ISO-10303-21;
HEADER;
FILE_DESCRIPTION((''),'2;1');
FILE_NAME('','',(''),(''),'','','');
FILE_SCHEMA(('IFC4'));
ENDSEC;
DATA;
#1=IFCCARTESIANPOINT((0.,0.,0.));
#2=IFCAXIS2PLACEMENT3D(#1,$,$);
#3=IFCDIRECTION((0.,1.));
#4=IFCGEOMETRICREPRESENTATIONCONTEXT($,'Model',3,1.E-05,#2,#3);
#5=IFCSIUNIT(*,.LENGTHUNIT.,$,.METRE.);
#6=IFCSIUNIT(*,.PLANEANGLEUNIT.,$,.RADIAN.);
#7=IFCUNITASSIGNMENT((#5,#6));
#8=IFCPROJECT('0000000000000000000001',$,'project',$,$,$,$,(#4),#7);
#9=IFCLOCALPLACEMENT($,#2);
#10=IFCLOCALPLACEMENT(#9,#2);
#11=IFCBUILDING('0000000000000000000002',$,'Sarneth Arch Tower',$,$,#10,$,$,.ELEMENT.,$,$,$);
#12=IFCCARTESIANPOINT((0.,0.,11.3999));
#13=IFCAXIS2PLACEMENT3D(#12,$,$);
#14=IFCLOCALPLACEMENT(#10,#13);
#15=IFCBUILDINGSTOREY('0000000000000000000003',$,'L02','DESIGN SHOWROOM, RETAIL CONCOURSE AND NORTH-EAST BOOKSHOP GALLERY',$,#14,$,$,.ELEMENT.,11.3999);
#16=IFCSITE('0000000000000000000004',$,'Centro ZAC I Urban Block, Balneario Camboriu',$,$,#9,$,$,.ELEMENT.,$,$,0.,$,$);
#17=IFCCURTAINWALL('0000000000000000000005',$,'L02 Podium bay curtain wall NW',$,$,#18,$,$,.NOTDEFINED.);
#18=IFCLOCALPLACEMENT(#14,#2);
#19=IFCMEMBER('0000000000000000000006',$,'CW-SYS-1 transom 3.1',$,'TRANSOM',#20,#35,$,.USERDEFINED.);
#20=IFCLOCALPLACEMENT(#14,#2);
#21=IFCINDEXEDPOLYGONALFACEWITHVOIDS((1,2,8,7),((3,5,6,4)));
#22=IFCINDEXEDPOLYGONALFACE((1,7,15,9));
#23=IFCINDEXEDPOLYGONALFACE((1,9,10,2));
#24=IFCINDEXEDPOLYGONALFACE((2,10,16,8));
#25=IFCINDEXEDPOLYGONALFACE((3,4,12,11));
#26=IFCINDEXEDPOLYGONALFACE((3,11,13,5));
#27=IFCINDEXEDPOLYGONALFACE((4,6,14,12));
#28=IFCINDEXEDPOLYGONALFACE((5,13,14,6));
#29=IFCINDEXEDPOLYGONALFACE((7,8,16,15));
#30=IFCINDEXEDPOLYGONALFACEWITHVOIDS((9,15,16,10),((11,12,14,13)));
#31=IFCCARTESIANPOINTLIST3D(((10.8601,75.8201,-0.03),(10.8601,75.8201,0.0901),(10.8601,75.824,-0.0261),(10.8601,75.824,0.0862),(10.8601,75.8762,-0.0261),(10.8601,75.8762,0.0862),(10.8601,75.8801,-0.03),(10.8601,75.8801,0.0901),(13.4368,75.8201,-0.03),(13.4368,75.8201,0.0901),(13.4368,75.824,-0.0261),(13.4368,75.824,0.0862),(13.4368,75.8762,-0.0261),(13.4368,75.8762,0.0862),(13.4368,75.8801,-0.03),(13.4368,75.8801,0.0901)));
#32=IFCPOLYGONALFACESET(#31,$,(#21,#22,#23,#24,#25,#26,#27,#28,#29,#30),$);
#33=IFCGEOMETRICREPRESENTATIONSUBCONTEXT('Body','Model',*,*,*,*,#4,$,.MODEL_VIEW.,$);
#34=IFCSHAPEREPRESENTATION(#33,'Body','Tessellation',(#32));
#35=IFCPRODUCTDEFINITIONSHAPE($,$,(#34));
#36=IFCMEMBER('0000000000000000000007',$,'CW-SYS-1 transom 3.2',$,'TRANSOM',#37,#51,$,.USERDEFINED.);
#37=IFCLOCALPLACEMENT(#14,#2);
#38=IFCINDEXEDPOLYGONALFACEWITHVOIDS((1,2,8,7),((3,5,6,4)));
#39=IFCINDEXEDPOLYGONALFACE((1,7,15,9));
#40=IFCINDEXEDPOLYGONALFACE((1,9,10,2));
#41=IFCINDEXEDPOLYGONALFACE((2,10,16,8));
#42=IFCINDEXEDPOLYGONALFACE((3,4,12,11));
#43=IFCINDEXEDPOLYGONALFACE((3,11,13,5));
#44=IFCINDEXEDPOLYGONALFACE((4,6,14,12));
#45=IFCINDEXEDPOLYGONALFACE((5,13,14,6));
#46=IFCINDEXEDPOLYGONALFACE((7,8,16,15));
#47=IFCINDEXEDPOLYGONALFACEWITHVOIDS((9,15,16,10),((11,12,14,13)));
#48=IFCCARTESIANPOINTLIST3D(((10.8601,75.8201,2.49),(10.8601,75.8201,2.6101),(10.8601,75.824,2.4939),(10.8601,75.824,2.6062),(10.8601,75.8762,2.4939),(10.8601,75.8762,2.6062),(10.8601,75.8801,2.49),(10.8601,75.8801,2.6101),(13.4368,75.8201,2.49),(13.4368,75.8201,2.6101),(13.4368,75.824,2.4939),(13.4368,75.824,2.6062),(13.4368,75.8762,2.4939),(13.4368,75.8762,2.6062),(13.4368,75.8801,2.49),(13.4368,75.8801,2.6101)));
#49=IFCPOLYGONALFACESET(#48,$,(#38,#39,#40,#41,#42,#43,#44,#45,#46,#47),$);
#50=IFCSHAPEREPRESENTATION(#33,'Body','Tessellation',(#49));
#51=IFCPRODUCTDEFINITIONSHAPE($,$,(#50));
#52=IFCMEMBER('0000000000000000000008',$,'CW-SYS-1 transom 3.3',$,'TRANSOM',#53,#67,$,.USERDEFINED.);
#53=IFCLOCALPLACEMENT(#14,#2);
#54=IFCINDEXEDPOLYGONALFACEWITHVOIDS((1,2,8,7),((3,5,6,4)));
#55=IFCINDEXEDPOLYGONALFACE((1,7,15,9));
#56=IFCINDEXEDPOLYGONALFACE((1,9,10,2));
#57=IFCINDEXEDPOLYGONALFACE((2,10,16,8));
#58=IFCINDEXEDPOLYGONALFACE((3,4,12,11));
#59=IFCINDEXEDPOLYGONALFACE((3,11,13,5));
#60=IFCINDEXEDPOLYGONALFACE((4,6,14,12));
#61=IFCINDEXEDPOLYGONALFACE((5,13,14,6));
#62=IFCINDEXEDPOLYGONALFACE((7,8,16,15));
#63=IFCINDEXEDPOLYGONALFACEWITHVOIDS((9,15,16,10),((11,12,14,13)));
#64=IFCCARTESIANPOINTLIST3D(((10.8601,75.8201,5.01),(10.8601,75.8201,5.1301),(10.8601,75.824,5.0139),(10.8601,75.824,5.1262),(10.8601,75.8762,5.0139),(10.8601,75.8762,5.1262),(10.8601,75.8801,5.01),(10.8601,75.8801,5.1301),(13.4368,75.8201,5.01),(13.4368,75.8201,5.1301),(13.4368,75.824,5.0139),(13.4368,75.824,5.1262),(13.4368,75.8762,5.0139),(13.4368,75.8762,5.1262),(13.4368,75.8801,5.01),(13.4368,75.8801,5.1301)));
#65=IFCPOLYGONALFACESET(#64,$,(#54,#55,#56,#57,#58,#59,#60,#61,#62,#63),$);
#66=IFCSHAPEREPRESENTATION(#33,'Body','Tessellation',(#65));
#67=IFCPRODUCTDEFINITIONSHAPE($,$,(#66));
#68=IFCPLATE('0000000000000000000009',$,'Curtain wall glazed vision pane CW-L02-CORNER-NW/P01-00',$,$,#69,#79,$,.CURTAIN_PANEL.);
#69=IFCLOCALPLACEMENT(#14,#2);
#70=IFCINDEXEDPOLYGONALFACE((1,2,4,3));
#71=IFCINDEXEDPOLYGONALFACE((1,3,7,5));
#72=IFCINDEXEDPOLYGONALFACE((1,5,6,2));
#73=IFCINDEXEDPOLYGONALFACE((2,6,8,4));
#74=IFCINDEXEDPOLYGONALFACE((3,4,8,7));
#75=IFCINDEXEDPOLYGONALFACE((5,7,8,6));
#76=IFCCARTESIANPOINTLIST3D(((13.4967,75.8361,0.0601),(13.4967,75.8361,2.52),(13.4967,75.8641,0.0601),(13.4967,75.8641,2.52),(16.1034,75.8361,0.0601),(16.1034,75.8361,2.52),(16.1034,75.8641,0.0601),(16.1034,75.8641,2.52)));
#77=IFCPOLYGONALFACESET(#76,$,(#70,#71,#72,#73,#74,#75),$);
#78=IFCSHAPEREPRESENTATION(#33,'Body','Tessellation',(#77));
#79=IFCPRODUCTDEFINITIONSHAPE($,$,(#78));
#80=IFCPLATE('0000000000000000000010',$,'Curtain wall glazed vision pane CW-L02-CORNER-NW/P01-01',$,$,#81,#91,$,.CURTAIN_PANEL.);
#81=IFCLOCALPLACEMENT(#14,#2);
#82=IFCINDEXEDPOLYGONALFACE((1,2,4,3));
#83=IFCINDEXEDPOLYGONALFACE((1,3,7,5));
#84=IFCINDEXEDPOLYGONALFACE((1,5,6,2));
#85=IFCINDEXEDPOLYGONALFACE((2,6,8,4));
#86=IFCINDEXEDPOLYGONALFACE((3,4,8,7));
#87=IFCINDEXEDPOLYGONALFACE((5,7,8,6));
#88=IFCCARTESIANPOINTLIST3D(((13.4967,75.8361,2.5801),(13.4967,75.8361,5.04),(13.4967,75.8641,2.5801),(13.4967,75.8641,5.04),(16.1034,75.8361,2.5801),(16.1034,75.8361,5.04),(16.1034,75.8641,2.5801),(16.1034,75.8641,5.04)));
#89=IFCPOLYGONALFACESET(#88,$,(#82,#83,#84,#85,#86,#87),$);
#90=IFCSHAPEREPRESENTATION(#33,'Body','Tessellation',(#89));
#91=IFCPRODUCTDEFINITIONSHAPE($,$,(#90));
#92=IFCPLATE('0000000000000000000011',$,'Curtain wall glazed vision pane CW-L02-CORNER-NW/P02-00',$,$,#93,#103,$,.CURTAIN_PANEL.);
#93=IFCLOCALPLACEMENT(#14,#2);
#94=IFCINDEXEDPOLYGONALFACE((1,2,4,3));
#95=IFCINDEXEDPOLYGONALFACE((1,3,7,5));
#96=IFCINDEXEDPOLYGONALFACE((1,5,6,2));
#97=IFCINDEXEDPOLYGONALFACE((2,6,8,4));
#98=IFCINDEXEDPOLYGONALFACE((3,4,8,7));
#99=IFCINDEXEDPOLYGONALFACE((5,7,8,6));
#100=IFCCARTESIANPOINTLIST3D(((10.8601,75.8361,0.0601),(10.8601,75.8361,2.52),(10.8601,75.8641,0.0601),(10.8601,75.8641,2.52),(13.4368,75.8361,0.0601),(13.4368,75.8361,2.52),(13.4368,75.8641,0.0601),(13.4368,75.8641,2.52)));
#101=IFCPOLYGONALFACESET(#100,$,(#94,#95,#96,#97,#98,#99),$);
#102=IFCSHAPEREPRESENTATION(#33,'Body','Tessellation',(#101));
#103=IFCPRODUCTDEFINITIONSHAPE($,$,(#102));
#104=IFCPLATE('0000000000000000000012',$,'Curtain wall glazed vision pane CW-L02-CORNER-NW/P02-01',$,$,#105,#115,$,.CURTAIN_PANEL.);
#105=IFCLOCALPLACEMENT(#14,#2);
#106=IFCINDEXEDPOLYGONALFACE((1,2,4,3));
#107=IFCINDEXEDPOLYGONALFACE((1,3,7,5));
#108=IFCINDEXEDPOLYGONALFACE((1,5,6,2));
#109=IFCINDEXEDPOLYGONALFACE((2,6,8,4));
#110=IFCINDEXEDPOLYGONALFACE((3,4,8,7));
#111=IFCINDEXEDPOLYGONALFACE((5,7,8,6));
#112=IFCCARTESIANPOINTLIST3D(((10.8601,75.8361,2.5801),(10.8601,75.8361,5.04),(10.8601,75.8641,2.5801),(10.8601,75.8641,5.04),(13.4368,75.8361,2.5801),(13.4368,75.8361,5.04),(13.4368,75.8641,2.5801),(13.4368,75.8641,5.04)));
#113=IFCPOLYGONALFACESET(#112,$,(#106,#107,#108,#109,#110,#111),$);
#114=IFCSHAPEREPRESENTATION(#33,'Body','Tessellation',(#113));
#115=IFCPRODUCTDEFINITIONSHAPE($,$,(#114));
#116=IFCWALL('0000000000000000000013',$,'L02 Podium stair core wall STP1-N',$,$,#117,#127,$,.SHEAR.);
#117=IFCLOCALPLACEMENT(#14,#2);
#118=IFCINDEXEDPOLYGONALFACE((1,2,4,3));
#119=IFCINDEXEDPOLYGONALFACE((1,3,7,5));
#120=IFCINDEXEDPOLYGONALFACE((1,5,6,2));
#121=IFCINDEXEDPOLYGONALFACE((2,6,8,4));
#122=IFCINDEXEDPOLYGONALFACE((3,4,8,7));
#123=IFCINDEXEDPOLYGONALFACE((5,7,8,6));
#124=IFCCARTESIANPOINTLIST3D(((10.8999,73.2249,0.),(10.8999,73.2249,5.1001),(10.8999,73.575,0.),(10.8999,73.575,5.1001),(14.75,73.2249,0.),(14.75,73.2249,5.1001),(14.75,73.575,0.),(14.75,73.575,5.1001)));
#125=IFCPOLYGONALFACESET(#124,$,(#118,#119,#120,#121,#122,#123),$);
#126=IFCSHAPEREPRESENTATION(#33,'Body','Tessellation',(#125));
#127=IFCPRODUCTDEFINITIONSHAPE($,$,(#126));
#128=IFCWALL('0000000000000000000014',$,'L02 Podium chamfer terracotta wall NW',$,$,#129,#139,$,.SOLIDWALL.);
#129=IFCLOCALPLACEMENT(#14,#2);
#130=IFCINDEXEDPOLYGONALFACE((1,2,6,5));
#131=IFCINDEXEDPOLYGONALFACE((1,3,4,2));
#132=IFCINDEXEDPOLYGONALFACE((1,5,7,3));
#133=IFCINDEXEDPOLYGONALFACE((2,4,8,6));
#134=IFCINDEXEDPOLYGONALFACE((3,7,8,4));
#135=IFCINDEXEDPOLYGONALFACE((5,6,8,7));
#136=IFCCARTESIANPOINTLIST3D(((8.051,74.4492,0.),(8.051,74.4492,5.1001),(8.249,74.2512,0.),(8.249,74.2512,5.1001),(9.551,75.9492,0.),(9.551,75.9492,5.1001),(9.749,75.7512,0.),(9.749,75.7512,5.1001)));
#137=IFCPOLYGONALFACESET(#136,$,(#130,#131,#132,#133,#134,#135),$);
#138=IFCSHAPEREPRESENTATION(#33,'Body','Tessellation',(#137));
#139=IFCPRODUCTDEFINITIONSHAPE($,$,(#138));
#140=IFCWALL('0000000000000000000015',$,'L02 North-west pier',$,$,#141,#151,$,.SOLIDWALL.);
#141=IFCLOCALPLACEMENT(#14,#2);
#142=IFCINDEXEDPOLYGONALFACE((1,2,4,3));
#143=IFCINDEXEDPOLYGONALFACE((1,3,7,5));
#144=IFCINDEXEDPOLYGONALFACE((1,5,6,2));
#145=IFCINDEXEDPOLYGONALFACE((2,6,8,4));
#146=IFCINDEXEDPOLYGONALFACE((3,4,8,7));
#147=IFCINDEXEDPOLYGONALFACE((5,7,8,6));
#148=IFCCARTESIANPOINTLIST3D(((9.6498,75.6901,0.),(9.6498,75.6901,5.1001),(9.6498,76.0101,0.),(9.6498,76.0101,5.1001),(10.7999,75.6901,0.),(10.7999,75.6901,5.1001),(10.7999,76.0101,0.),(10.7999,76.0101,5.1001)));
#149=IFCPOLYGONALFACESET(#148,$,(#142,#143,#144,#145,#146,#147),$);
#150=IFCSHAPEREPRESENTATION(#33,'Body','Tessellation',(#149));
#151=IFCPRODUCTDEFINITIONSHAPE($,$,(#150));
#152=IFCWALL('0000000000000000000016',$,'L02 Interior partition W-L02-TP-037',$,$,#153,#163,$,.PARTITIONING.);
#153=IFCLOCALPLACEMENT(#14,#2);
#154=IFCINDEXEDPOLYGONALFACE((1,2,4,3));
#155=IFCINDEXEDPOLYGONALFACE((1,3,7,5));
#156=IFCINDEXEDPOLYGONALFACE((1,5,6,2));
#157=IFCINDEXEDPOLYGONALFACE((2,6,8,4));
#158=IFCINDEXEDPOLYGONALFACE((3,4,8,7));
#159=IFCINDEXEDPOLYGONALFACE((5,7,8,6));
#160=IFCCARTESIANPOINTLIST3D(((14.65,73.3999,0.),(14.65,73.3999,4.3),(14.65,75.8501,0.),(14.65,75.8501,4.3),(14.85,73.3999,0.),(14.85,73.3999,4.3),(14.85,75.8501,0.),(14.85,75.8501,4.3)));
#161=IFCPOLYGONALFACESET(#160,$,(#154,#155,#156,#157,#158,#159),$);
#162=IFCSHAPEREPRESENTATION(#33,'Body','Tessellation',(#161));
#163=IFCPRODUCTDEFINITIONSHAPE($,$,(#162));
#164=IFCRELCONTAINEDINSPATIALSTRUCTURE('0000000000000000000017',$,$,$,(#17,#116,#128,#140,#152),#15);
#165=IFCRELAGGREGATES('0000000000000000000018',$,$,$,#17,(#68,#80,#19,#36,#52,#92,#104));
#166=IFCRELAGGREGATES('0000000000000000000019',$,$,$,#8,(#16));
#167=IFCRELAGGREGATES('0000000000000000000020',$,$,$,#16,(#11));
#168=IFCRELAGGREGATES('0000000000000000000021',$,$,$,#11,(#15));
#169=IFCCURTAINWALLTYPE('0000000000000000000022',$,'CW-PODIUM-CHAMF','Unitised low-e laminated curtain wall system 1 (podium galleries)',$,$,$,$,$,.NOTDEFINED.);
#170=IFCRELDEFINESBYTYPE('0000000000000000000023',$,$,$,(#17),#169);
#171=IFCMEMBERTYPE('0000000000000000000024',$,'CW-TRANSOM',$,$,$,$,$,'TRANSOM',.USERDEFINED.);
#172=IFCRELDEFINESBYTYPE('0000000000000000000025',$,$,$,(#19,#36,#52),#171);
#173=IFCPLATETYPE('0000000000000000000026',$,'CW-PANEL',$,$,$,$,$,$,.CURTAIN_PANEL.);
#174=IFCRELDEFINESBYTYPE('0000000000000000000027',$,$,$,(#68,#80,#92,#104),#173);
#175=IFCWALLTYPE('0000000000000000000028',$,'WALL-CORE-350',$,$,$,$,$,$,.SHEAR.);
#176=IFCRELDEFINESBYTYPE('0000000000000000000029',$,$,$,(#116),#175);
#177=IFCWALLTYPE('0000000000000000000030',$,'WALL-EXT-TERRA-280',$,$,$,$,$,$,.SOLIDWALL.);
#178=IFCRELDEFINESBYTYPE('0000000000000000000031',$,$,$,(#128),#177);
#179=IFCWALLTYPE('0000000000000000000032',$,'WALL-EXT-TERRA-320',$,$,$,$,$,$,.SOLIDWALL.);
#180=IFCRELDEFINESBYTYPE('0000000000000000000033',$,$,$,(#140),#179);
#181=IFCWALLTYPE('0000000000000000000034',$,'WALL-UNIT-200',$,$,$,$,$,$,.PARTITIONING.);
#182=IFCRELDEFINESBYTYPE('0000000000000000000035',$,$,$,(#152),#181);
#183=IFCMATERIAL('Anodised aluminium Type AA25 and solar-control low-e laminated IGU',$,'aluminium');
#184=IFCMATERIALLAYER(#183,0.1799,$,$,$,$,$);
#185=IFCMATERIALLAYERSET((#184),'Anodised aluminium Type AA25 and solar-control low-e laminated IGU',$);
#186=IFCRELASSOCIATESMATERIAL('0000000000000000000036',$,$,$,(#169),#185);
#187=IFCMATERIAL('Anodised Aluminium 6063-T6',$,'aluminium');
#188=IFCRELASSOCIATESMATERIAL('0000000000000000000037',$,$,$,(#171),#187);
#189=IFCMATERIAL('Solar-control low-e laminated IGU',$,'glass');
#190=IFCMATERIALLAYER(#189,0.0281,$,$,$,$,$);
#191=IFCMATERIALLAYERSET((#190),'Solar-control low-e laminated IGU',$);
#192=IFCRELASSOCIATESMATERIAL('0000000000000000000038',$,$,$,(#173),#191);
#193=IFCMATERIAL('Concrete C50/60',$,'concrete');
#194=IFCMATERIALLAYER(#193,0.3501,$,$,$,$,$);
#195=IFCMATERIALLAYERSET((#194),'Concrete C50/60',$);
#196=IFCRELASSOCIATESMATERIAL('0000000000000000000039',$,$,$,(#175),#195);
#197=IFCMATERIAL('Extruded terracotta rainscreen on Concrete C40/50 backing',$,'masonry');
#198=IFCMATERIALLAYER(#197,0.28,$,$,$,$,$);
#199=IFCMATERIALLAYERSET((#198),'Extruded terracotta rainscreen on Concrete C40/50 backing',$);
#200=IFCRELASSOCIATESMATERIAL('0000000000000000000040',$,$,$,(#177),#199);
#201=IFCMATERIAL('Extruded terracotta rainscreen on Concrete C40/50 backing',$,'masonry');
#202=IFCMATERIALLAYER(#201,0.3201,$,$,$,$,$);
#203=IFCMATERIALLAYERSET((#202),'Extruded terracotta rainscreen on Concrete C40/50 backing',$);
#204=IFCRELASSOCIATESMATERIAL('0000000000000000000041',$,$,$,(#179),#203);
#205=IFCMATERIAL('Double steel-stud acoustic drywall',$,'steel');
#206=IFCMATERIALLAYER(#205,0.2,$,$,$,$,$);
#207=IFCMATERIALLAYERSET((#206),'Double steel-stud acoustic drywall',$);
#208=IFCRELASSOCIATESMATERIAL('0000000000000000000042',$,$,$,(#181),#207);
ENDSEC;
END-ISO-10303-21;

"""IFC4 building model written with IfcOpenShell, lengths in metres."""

from ifc_helpers import new_model, si_unit, direction, frame, frame_2d, origin, origin_2d, place, context, subcontext, project, spatial, rectangle, hollow_rectangle, extrude, material, layer, layer_set, material_profile, profile_set, type_object, element, aggregate, save


model = new_model("IFC4")

# Units and contexts
model_context = context("Model", 3, precision=1e-05, world=origin(), true_north=direction((0.0, 1.0)))
body_context = subcontext(model_context, "Body", "Model", "MODEL_VIEW")
ifc_project = project(units=[si_unit("LENGTHUNIT", "METRE"), si_unit("PLANEANGLEUNIT", "RADIAN")], contexts=[model_context])

# Site, building, storey
site_placement = place(None, origin())
site = spatial("IfcSite", under=ifc_project, at=site_placement, Name="Centro ZAC I Urban Block, Balneario Camboriu", CompositionType="ELEMENT", RefElevation=0.0)
building_placement = place(site_placement, origin())
building = spatial("IfcBuilding", under=site, at=building_placement, Name="Sarneth Arch Tower", CompositionType="ELEMENT")
storey_placement = place(building_placement, frame((0.0, 0.0, 11.3999)))
storey = spatial("IfcBuildingStorey", under=building, at=storey_placement, Name="L02", Description="DESIGN SHOWROOM, RETAIL CONCOURSE AND NORTH-EAST BOOKSHOP GALLERY", CompositionType="ELEMENT", Elevation=11.3999)

# Curtain wall, members, plates
ifc_material_1 = material(Name="Anodised aluminium Type AA25 and solar-control low-e laminated IGU", Category="aluminium")
ifc_layer_1 = layer(ifc_material_1, 0.1799)
ifc_layer_set_1 = layer_set([ifc_layer_1], Name="Anodised aluminium Type AA25 and solar-control low-e laminated IGU")
curtain_wall_type = type_object("IfcCurtainWallType", Name="CW-PODIUM-CHAMF", Description="Unitised low-e laminated curtain wall system 1 (podium galleries)", PredefinedType="NOTDEFINED", material=ifc_layer_set_1)
curtain_wall_placement = place(storey_placement, origin())
curtain_wall = element("IfcCurtainWall", 1, at=curtain_wall_placement, inside=storey, type_object=curtain_wall_type, Name="L02 Podium bay curtain wall NW", PredefinedType="NOTDEFINED")
ifc_material_2 = material(Name="Anodised Aluminium 6063-T6", Category="aluminium")
ifc_material_profile_1 = material_profile(ifc_material_2, hollow_rectangle(XDim=0.0601, YDim=0.1201, WallThickness=0.0039, at=origin_2d()), Name="AL-TRAN-120x60x4")
ifc_profile_set_1 = profile_set([ifc_material_profile_1], Name="Anodised Aluminium 6063-T6")
member_type_1 = type_object("IfcMemberType", Name="CW-TRANSOM", ElementType="TRANSOM", PredefinedType="USERDEFINED", material=ifc_profile_set_1)
member_1_placement = place(storey_placement, frame((13.4368, 75.8501, 0.03), z_axis=(-1.0, 0.0, 0.0), x_axis=(0.0, -1.0, 0.0)))
member_1 = element("IfcMember", 2, at=member_1_placement, type_object=member_type_1, Name="CW-SYS-1 transom 3.1", ObjectType="TRANSOM", PredefinedType="USERDEFINED", context=body_context, shape_type="SweptSolid", body=[
    extrude(hollow_rectangle(XDim=0.0601, YDim=0.1201, WallThickness=0.0039, at=origin_2d()), origin(), (0.0, 0.0, 1.0), 2.5767),
])
member_2_placement = place(storey_placement, frame((13.4368, 75.8501, 2.55), z_axis=(-1.0, 0.0, 0.0), x_axis=(0.0, -1.0, 0.0)))
member_2 = element("IfcMember", 3, at=member_2_placement, type_object=member_type_1, Name="CW-SYS-1 transom 3.2", ObjectType="TRANSOM", PredefinedType="USERDEFINED", context=body_context, shape_type="SweptSolid", body=[
    extrude(hollow_rectangle(XDim=0.0601, YDim=0.1201, WallThickness=0.0039, at=origin_2d()), origin(), (0.0, 0.0, 1.0), 2.5767),
])
member_3_placement = place(storey_placement, frame((13.4368, 75.8501, 5.0701), z_axis=(-1.0, 0.0, 0.0), x_axis=(0.0, -1.0, 0.0)))
member_3 = element("IfcMember", 4, at=member_3_placement, type_object=member_type_1, Name="CW-SYS-1 transom 3.3", ObjectType="TRANSOM", PredefinedType="USERDEFINED", context=body_context, shape_type="SweptSolid", body=[
    extrude(hollow_rectangle(XDim=0.0601, YDim=0.1201, WallThickness=0.0039, at=origin_2d()), origin(), (0.0, 0.0, 1.0), 2.5767),
])
ifc_material_3 = material(Name="Solar-control low-e laminated IGU", Category="glass")
ifc_layer_2 = layer(ifc_material_3, 0.0281)
ifc_layer_set_2 = layer_set([ifc_layer_2], Name="Solar-control low-e laminated IGU")
plate_type = type_object("IfcPlateType", Name="CW-PANEL", PredefinedType="CURTAIN_PANEL", material=ifc_layer_set_2)
plate_1_placement = place(storey_placement, frame((14.8, 75.8501, 0.0601), z_axis=(0.0, 0.0, 1.0), x_axis=(-1.0, 0.0, 0.0)))
plate_1 = element("IfcPlate", 5, at=plate_1_placement, type_object=plate_type, Name="Curtain wall glazed vision pane CW-L02-CORNER-NW/P01-00", PredefinedType="CURTAIN_PANEL", context=body_context, shape_type="SweptSolid", body=[
    extrude(rectangle(XDim=2.6067, YDim=0.0281, at=origin_2d()), origin(), (0.0, 0.0, 1.0), 2.46),
])
plate_2_placement = place(storey_placement, frame((14.8, 75.8501, 2.5801), z_axis=(0.0, 0.0, 1.0), x_axis=(-1.0, 0.0, 0.0)))
plate_2 = element("IfcPlate", 6, at=plate_2_placement, type_object=plate_type, Name="Curtain wall glazed vision pane CW-L02-CORNER-NW/P01-01", PredefinedType="CURTAIN_PANEL", context=body_context, shape_type="SweptSolid", body=[
    extrude(rectangle(XDim=2.6067, YDim=0.0281, at=origin_2d()), origin(), (0.0, 0.0, 1.0), 2.46),
])
plate_3_placement = place(storey_placement, frame((12.1484, 75.8501, 0.0601), z_axis=(0.0, 0.0, 1.0), x_axis=(-1.0, 0.0, 0.0)))
plate_3 = element("IfcPlate", 7, at=plate_3_placement, type_object=plate_type, Name="Curtain wall glazed vision pane CW-L02-CORNER-NW/P02-00", PredefinedType="CURTAIN_PANEL", context=body_context, shape_type="SweptSolid", body=[
    extrude(rectangle(XDim=2.5767, YDim=0.0281, at=origin_2d()), origin(), (0.0, 0.0, 1.0), 2.46),
])
plate_4_placement = place(storey_placement, frame((12.1484, 75.8501, 2.5801), z_axis=(0.0, 0.0, 1.0), x_axis=(-1.0, 0.0, 0.0)))
plate_4 = element("IfcPlate", 8, at=plate_4_placement, type_object=plate_type, Name="Curtain wall glazed vision pane CW-L02-CORNER-NW/P02-01", PredefinedType="CURTAIN_PANEL", context=body_context, shape_type="SweptSolid", body=[
    extrude(rectangle(XDim=2.5767, YDim=0.0281, at=origin_2d()), origin(), (0.0, 0.0, 1.0), 2.46),
])
aggregate(curtain_wall, [plate_1, plate_2, member_1, member_2, member_3, plate_3, plate_4])

# Walls
ifc_material_4 = material(Name="Concrete C50/60", Category="concrete")
ifc_layer_3 = layer(ifc_material_4, 0.3501)
ifc_layer_set_3 = layer_set([ifc_layer_3], Name="Concrete C50/60")
wall_type_1 = type_object("IfcWallType", Name="WALL-CORE-350", PredefinedType="SHEAR", material=ifc_layer_set_3)
wall_1_placement = place(storey_placement, frame((10.8999, 73.3999, 0.0), z_axis=(0.0, 0.0, 1.0), x_axis=(1.0, 0.0, 0.0)))
element("IfcWall", 9, at=wall_1_placement, inside=storey, type_object=wall_type_1, Name="L02 Podium stair core wall STP1-N", PredefinedType="SHEAR", context=body_context, shape_type="SweptSolid", body=[
    extrude(rectangle(XDim=3.8501, YDim=0.3501, at=frame_2d((1.925, 0.0))), origin(), (0.0, 0.0, 1.0), 5.1001),
])
ifc_material_5 = material(Name="Extruded terracotta rainscreen on Concrete C40/50 backing", Category="masonry")
ifc_layer_4 = layer(ifc_material_5, 0.28)
ifc_layer_set_4 = layer_set([ifc_layer_4], Name="Extruded terracotta rainscreen on Concrete C40/50 backing")
wall_type_2 = type_object("IfcWallType", Name="WALL-EXT-TERRA-280", PredefinedType="SOLIDWALL", material=ifc_layer_set_4)
wall_2_placement = place(storey_placement, frame((9.6499, 75.8501, 0.0), z_axis=(0.0, 0.0, 1.0), x_axis=(-0.707107, -0.707107, 0.0)))
element("IfcWall", 10, at=wall_2_placement, inside=storey, type_object=wall_type_2, Name="L02 Podium chamfer terracotta wall NW", PredefinedType="SOLIDWALL", context=body_context, shape_type="SweptSolid", body=[
    extrude(rectangle(XDim=2.1213, YDim=0.28, at=frame_2d((1.0605, 0.0))), origin(), (0.0, 0.0, 1.0), 5.1001),
])
ifc_material_6 = material(Name="Extruded terracotta rainscreen on Concrete C40/50 backing", Category="masonry")
ifc_layer_5 = layer(ifc_material_6, 0.3201)
ifc_layer_set_5 = layer_set([ifc_layer_5], Name="Extruded terracotta rainscreen on Concrete C40/50 backing")
wall_type_3 = type_object("IfcWallType", Name="WALL-EXT-TERRA-320", PredefinedType="SOLIDWALL", material=ifc_layer_set_5)
wall_3_placement = place(storey_placement, frame((10.8, 75.8501, 0.0), z_axis=(0.0, 0.0, 1.0), x_axis=(-1.0, 0.0, 0.0)))
element("IfcWall", 11, at=wall_3_placement, inside=storey, type_object=wall_type_3, Name="L02 North-west pier", PredefinedType="SOLIDWALL", context=body_context, shape_type="SweptSolid", body=[
    extrude(rectangle(XDim=1.1501, YDim=0.3201, at=frame_2d((0.5752, 0.0))), origin(), (0.0, 0.0, 1.0), 5.1001),
])
ifc_material_7 = material(Name="Double steel-stud acoustic drywall", Category="steel")
ifc_layer_6 = layer(ifc_material_7, 0.2)
ifc_layer_set_6 = layer_set([ifc_layer_6], Name="Double steel-stud acoustic drywall")
wall_type_4 = type_object("IfcWallType", Name="WALL-UNIT-200", PredefinedType="PARTITIONING", material=ifc_layer_set_6)
wall_4_placement = place(storey_placement, frame((14.75, 75.8501, 0.0), z_axis=(0.0, 0.0, 1.0), x_axis=(0.0, -1.0, 0.0)))
element("IfcWall", 12, at=wall_4_placement, inside=storey, type_object=wall_type_4, Name="L02 Interior partition W-L02-TP-037", PredefinedType="PARTITIONING", context=body_context, shape_type="SweptSolid", body=[
    extrude(rectangle(XDim=2.4502, YDim=0.2, at=frame_2d((1.2251, 0.0))), origin(), (0.0, 0.0, 1.0), 4.3),
])

save(model, "model.ifc")
